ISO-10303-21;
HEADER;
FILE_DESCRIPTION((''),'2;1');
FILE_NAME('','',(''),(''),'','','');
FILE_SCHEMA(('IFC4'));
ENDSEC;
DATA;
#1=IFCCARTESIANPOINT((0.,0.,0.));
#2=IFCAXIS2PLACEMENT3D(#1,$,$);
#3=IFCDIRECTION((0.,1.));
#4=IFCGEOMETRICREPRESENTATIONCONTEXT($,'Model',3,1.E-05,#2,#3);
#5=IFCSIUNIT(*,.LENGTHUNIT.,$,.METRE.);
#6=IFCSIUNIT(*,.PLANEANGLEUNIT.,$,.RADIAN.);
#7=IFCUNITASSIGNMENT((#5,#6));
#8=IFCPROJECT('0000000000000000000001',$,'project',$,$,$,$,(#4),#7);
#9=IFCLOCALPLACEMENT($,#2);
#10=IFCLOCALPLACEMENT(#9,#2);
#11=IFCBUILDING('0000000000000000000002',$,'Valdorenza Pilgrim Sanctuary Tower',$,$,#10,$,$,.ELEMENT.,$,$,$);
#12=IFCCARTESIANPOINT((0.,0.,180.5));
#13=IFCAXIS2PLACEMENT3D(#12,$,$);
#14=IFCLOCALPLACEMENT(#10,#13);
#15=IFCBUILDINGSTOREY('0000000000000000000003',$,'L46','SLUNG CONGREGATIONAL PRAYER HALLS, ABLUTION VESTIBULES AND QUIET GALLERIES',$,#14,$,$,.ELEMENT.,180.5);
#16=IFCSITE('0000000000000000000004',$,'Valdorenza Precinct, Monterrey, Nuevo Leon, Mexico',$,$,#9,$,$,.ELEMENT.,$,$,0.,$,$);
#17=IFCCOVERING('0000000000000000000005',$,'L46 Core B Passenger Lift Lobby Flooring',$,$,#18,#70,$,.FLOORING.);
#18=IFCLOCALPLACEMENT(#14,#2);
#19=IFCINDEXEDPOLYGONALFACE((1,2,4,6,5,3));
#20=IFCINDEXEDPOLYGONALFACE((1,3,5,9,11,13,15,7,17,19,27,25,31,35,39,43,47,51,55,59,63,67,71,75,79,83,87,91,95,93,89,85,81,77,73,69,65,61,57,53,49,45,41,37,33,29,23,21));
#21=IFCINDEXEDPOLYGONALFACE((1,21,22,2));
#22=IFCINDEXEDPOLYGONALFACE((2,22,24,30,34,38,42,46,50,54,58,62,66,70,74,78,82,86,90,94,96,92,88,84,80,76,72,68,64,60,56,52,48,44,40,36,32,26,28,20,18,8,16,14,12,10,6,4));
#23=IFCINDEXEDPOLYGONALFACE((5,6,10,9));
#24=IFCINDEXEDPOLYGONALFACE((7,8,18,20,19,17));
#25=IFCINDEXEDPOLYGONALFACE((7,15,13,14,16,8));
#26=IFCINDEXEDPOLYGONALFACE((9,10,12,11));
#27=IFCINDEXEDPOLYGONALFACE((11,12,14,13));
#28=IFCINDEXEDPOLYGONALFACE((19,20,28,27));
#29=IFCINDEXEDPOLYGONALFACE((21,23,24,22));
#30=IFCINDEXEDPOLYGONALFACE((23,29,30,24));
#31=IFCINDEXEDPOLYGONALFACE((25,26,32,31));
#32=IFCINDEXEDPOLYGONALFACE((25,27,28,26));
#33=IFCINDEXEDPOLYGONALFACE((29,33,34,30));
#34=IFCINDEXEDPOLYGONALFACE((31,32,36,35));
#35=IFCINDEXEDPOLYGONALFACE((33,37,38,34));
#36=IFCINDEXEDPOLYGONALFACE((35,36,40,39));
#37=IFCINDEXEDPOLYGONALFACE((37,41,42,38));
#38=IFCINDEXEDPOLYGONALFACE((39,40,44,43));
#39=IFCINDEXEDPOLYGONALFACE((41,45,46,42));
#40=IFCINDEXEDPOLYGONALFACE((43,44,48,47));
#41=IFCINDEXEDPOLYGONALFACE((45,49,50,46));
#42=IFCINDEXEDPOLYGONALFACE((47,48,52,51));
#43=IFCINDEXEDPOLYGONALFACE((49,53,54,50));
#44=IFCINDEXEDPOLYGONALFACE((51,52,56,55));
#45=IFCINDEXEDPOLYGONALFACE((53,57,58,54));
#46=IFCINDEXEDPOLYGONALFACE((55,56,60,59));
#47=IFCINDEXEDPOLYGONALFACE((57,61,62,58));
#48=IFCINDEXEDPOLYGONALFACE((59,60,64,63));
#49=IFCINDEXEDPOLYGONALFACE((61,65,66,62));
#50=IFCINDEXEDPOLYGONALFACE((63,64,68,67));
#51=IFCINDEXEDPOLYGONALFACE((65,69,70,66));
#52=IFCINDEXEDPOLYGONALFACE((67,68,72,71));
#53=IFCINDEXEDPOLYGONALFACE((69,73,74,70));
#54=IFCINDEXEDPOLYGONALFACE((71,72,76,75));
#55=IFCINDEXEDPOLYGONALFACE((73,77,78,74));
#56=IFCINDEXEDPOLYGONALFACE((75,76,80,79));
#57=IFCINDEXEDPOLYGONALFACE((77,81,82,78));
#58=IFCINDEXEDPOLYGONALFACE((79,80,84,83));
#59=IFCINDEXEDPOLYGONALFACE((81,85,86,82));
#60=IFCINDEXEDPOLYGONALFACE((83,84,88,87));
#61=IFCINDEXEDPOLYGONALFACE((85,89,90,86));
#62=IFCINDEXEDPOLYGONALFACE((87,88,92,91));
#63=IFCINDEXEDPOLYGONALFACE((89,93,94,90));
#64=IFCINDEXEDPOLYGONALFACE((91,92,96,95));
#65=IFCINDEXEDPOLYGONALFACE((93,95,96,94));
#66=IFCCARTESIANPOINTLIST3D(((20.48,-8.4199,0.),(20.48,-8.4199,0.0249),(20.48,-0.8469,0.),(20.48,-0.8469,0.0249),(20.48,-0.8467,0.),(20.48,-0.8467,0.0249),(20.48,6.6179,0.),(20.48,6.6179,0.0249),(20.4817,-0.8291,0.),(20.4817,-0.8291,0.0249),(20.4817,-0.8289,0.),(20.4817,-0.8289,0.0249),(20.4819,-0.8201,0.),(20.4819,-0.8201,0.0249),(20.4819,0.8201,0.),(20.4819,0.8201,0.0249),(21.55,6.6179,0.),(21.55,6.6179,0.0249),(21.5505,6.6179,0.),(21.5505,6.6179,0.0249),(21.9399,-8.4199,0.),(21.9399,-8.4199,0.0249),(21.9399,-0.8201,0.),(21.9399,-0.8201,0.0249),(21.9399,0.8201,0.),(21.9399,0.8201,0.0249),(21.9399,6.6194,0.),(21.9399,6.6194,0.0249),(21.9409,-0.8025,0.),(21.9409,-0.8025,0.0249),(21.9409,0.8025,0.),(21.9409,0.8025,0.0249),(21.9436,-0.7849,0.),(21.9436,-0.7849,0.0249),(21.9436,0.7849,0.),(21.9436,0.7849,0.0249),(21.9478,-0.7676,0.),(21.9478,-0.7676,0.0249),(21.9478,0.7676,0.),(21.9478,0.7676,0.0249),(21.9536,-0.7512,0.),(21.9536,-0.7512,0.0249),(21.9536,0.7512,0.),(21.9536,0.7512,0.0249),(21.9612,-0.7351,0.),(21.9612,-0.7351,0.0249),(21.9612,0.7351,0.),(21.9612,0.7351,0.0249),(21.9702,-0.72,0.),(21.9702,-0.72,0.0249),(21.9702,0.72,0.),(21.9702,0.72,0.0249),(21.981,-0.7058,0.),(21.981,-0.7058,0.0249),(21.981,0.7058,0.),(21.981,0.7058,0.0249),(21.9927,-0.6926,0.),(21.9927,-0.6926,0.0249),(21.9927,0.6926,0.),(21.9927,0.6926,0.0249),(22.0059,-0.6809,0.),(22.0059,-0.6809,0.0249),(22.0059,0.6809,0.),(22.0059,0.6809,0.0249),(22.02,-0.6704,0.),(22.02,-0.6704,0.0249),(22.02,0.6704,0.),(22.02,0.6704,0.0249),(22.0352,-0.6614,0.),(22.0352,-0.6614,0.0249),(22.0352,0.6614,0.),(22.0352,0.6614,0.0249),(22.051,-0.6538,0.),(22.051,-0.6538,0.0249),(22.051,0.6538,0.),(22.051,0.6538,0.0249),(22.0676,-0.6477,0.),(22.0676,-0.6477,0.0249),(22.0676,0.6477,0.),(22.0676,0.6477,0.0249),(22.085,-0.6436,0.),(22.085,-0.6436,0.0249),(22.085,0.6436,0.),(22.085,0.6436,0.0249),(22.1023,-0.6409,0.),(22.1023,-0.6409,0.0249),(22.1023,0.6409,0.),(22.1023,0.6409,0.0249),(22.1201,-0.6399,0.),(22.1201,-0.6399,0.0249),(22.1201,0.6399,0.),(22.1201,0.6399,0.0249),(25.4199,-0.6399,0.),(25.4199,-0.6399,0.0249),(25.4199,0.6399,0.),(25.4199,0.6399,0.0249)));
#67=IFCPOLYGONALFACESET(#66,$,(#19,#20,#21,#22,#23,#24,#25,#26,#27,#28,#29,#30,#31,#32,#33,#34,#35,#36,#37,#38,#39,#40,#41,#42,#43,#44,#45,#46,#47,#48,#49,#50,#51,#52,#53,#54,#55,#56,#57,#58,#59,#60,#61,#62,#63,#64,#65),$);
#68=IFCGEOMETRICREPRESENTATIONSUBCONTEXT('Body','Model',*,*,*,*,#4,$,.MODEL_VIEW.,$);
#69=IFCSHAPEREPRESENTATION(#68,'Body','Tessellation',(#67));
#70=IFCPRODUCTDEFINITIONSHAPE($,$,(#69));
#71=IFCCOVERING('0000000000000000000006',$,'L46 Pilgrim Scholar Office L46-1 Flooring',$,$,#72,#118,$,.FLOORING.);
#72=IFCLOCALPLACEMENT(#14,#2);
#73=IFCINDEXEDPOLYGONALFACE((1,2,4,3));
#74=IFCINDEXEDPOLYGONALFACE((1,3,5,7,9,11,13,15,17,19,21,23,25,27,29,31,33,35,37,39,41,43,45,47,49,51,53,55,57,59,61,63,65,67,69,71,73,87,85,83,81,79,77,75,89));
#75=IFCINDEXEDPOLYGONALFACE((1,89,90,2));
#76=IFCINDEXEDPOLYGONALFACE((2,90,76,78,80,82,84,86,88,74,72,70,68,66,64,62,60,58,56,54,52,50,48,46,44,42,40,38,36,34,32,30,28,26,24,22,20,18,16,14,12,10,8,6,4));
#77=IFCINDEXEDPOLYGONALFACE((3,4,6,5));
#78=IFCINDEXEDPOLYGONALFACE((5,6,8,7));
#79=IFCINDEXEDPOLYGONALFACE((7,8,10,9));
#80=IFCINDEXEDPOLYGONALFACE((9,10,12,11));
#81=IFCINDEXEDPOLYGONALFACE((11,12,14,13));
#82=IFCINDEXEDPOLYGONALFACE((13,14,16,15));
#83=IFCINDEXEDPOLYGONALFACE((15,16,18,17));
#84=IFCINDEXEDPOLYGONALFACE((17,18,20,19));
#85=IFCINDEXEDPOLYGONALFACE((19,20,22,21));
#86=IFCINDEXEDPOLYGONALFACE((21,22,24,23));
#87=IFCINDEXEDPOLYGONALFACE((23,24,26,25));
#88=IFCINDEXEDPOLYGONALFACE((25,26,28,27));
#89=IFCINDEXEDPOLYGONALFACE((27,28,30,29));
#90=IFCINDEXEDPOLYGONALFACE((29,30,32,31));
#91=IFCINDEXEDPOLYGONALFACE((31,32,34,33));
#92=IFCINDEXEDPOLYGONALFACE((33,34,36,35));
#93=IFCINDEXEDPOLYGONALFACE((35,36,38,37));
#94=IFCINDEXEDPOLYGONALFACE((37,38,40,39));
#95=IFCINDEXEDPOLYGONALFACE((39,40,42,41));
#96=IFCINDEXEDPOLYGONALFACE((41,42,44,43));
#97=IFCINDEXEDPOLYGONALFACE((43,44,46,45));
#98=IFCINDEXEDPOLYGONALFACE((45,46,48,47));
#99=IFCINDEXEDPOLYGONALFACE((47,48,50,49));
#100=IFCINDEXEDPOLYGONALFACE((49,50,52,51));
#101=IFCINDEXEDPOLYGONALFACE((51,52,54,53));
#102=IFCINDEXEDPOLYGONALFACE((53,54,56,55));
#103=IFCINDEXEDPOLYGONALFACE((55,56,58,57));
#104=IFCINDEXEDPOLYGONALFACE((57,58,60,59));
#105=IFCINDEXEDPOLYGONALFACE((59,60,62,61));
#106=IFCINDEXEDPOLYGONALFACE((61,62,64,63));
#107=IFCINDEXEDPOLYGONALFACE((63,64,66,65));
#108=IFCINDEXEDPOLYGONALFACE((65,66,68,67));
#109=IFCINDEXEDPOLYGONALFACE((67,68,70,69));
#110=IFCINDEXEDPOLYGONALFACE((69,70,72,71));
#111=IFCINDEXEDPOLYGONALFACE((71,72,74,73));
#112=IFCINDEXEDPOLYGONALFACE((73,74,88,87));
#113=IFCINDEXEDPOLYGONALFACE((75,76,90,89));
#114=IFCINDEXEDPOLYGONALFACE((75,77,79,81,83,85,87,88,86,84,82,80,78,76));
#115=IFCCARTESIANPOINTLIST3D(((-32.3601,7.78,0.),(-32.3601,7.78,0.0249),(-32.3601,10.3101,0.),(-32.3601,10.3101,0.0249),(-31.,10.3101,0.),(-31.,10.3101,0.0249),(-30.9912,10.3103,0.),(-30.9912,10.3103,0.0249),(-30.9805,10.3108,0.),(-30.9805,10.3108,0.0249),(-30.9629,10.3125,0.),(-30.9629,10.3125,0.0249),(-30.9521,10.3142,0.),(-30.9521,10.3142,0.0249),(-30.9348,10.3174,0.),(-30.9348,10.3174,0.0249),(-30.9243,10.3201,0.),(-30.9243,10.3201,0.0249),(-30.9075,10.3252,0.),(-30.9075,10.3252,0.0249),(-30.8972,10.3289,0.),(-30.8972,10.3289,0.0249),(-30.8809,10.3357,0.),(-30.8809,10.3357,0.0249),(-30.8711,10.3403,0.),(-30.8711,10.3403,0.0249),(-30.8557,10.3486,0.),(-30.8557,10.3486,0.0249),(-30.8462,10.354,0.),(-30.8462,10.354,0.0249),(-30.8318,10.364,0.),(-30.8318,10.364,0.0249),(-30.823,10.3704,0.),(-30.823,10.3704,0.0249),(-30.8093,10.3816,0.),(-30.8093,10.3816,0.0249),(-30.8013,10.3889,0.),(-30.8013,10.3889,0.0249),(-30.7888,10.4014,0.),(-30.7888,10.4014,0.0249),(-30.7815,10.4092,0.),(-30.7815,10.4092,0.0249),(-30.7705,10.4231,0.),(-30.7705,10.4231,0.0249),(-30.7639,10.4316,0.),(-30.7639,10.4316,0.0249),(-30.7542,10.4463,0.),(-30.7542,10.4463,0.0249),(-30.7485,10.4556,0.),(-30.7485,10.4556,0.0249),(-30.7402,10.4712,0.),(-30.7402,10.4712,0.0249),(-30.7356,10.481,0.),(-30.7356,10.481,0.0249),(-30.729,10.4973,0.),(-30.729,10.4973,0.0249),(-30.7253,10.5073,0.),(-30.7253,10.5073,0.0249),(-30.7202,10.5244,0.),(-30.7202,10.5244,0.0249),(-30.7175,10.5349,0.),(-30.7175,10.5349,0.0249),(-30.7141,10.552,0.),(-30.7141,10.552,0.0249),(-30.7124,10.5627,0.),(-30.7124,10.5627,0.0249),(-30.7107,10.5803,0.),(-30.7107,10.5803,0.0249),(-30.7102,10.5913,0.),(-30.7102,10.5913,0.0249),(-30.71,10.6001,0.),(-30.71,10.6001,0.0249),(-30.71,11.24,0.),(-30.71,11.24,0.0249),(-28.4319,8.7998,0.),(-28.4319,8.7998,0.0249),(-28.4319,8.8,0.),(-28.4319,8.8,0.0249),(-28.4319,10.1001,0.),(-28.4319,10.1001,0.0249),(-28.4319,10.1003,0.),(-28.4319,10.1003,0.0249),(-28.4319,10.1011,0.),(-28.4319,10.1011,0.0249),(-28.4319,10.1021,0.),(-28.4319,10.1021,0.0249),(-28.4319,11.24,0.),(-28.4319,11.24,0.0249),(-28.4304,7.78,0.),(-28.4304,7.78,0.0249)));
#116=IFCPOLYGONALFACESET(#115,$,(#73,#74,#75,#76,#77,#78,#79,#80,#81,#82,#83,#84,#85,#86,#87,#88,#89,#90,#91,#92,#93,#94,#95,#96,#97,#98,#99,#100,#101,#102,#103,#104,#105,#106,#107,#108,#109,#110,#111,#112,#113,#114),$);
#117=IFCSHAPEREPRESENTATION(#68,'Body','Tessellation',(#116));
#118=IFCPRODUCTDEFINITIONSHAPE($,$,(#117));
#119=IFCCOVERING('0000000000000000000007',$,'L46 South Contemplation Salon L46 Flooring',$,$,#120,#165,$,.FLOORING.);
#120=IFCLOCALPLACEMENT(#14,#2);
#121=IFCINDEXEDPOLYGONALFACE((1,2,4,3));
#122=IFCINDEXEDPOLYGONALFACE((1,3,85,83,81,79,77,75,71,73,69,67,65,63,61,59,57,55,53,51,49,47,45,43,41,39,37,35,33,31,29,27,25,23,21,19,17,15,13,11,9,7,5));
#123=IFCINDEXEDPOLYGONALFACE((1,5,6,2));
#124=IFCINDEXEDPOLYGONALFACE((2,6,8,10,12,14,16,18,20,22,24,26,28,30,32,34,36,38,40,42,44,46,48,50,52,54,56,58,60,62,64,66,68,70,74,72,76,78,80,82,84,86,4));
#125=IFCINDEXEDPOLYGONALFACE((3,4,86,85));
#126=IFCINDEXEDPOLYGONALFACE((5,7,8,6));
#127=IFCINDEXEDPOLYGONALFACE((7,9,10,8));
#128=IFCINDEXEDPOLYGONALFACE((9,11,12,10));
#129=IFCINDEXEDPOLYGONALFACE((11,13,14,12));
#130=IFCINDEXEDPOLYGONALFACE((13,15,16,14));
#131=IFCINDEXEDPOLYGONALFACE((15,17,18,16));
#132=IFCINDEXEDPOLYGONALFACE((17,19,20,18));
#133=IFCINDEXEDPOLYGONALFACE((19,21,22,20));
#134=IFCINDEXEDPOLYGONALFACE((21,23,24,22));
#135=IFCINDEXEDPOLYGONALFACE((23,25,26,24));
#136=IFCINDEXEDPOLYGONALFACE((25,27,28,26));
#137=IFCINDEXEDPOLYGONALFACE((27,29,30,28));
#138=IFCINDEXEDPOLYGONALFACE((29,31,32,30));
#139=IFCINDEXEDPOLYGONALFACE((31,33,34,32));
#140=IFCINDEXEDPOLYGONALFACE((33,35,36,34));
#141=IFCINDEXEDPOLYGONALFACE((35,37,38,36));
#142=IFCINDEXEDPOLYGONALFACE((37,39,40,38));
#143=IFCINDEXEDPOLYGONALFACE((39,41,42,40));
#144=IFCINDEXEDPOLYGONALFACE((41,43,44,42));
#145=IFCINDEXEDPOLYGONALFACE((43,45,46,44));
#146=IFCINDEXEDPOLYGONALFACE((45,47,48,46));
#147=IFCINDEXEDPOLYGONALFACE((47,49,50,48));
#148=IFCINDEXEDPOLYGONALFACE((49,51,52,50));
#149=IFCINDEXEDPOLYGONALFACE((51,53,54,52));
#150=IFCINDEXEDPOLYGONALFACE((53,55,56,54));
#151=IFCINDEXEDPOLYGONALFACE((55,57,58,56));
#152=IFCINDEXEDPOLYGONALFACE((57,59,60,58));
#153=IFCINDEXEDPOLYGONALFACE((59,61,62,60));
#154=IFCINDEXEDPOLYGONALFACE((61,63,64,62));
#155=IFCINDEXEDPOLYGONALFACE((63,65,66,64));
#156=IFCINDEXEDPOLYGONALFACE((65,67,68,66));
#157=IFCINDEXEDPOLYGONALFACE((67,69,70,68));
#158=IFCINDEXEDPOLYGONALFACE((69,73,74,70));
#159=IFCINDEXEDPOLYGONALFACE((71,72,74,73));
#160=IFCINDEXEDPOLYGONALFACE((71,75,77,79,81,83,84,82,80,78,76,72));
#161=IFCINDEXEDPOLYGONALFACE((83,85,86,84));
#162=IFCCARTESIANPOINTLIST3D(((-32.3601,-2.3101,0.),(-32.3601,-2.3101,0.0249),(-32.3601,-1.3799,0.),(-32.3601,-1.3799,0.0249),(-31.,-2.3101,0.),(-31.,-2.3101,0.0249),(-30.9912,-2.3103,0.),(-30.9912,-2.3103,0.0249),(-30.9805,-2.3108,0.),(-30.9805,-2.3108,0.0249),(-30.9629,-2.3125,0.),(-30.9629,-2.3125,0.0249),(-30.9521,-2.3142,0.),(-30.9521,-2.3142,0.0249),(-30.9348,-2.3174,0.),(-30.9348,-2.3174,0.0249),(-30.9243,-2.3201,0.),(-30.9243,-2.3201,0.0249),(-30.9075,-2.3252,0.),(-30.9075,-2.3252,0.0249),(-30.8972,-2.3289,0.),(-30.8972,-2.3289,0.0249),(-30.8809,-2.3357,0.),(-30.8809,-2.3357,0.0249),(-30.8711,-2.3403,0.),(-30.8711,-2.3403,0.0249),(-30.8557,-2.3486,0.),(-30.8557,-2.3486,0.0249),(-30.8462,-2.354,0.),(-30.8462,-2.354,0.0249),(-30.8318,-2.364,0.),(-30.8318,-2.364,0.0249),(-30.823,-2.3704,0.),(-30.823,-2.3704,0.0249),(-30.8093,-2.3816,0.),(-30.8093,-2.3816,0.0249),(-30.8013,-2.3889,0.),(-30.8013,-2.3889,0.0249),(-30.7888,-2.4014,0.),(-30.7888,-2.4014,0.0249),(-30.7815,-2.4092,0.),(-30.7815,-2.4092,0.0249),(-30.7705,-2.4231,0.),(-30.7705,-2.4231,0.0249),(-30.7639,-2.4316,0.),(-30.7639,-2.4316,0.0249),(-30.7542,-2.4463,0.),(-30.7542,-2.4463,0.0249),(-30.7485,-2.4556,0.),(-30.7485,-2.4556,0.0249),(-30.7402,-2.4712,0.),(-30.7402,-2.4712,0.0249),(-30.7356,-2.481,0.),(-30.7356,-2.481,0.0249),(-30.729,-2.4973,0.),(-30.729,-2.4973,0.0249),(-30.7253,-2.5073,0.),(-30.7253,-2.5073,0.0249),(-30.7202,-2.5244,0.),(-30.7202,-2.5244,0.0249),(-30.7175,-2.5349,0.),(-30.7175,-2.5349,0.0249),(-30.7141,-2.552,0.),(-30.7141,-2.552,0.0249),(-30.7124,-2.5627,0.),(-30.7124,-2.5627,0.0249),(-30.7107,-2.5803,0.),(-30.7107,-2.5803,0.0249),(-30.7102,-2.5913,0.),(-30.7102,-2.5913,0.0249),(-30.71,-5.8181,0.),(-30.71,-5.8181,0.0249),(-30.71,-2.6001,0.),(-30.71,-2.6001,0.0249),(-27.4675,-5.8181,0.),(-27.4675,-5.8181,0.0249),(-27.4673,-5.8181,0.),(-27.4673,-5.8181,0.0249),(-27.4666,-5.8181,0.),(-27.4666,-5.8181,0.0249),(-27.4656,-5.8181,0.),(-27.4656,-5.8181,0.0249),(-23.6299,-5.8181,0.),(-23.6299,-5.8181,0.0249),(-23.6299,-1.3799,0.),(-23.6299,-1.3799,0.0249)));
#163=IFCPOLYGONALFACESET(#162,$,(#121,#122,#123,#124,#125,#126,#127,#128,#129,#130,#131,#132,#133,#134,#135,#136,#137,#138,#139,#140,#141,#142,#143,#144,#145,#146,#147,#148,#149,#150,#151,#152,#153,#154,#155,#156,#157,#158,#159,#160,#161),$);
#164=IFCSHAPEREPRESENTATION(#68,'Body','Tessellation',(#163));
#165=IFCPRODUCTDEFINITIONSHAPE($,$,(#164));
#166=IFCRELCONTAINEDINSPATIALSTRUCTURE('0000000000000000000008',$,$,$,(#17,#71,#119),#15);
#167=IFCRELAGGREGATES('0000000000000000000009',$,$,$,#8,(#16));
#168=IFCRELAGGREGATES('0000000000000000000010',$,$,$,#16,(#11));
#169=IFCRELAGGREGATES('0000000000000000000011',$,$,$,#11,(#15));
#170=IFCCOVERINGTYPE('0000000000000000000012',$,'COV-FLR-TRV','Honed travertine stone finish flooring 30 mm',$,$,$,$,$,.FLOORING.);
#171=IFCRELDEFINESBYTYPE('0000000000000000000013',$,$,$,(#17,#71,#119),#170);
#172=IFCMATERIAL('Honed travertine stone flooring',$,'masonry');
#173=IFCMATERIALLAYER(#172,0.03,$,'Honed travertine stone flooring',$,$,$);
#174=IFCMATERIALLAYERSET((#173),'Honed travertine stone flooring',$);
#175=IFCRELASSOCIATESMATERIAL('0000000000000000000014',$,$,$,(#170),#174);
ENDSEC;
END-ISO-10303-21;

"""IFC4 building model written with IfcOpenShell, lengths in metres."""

from ifc_helpers import new_model, si_unit, direction, frame, origin, place, context, subcontext, project, spatial, polyline, outline, extrude, material, layer, layer_set, type_object, element, save


model = new_model("IFC4")

# Units and contexts
model_context = context("Model", 3, precision=1e-05, world=origin(), true_north=direction((0.0, 1.0)))
body_context = subcontext(model_context, "Body", "Model", "MODEL_VIEW")
ifc_project = project(units=[si_unit("LENGTHUNIT", "METRE"), si_unit("PLANEANGLEUNIT", "RADIAN")], contexts=[model_context])

# Site, building, storey
site_placement = place(None, origin())
site = spatial("IfcSite", under=ifc_project, at=site_placement, Name="Valdorenza Precinct, Monterrey, Nuevo Leon, Mexico", CompositionType="ELEMENT", RefElevation=0.0)
building_placement = place(site_placement, origin())
building = spatial("IfcBuilding", under=site, at=building_placement, Name="Valdorenza Pilgrim Sanctuary Tower", CompositionType="ELEMENT")
storey_placement = place(building_placement, frame((0.0, 0.0, 180.5)))
storey = spatial("IfcBuildingStorey", under=building, at=storey_placement, Name="L46", Description="SLUNG CONGREGATIONAL PRAYER HALLS, ABLUTION VESTIBULES AND QUIET GALLERIES", CompositionType="ELEMENT", Elevation=180.5)

# Coverings
ifc_material_1 = material(Name="Honed travertine stone flooring", Category="masonry")
ifc_layer_1 = layer(ifc_material_1, 0.03, Name="Honed travertine stone flooring")
ifc_layer_set_1 = layer_set([ifc_layer_1], Name="Honed travertine stone flooring")
covering_type_1 = type_object("IfcCoveringType", Name="COV-FLR-TRV", Description="Honed travertine stone finish flooring 30 mm", PredefinedType="FLOORING", material=ifc_layer_set_1)
covering_1_placement = place(storey_placement, origin())
element("IfcCovering", 1, at=covering_1_placement, inside=storey, type_object=covering_type_1, Name="L46 Core B Passenger Lift Lobby Flooring", PredefinedType="FLOORING", context=body_context, shape_type="SweptSolid", body=[
    extrude(outline(polyline([(20.48, 6.6179), (21.55, 6.6179), (21.5505, 6.6179), (21.9399, 6.6194), (21.9399, 0.8201), (21.9409, 0.8025), (21.9436, 0.7849), (21.9478, 0.7676), (21.9536, 0.7512), (21.9612, 0.7351), (21.9702, 0.72), (21.981, 0.7058), (21.9927, 0.6926), (22.0059, 0.6809), (22.02, 0.6704), (22.0352, 0.6614), (22.051, 0.6538), (22.0676, 0.6477), (22.085, 0.6436), (22.1023, 0.6409), (22.1201, 0.6399), (25.4199, 0.6399), (25.4199, -0.6399), (22.1201, -0.6399), (22.1023, -0.6409), (22.085, -0.6436), (22.0676, -0.6477), (22.051, -0.6538), (22.0352, -0.6614), (22.02, -0.6704), (22.0059, -0.6809), (21.9927, -0.6926), (21.981, -0.7058), (21.9702, -0.72), (21.9612, -0.7351), (21.9536, -0.7512), (21.9478, -0.7676), (21.9436, -0.7849), (21.9409, -0.8025), (21.9399, -0.8201), (21.9399, -8.4199), (20.48, -8.4199), (20.48, -0.8469), (20.48, -0.8467), (20.48, -0.8467), (20.4817, -0.8291), (20.4817, -0.8289), (20.4819, -0.8201), (20.4819, 0.8201), (20.48, 6.6179)])), origin(), (0.0, 0.0, 1.0), 0.0249),
])
covering_2_placement = place(storey_placement, origin())
element("IfcCovering", 2, at=covering_2_placement, inside=storey, type_object=covering_type_1, Name="L46 Pilgrim Scholar Office L46-1 Flooring", PredefinedType="FLOORING", context=body_context, shape_type="SweptSolid", body=[
    extrude(outline(polyline([(-28.4319, 11.24), (-28.4319, 10.1021), (-28.4319, 10.1011), (-28.4319, 10.1003), (-28.4319, 10.1001), (-28.4319, 8.8), (-28.4319, 8.7998), (-28.4304, 7.78), (-32.3601, 7.78), (-32.3601, 10.3101), (-31.0, 10.3101), (-30.9912, 10.3103), (-30.9805, 10.3108), (-30.9629, 10.3125), (-30.9521, 10.3142), (-30.9348, 10.3174), (-30.9243, 10.3201), (-30.9075, 10.3252), (-30.8972, 10.3289), (-30.8809, 10.3357), (-30.8711, 10.3403), (-30.8557, 10.3486), (-30.8462, 10.354), (-30.8318, 10.364), (-30.823, 10.3704), (-30.8093, 10.3816), (-30.8013, 10.3889), (-30.7888, 10.4014), (-30.7815, 10.4092), (-30.7705, 10.4231), (-30.7639, 10.4316), (-30.7542, 10.4463), (-30.7485, 10.4556), (-30.7402, 10.4712), (-30.7356, 10.481), (-30.729, 10.4973), (-30.7253, 10.5073), (-30.7202, 10.5244), (-30.7175, 10.5349), (-30.7141, 10.552), (-30.7124, 10.5627), (-30.7107, 10.5803), (-30.7102, 10.5913), (-30.71, 10.6001), (-30.71, 11.24), (-28.4319, 11.24)])), origin(), (0.0, 0.0, 1.0), 0.0249),
])
covering_3_placement = place(storey_placement, origin())
element("IfcCovering", 3, at=covering_3_placement, inside=storey, type_object=covering_type_1, Name="L46 South Contemplation Salon L46 Flooring", PredefinedType="FLOORING", context=body_context, shape_type="SweptSolid", body=[
    extrude(outline(polyline([(-27.4673, -5.8181), (-27.4675, -5.8181), (-30.71, -5.8181), (-30.71, -2.6001), (-30.7102, -2.5913), (-30.7107, -2.5803), (-30.7124, -2.5627), (-30.7141, -2.552), (-30.7175, -2.5349), (-30.7202, -2.5244), (-30.7253, -2.5073), (-30.729, -2.4973), (-30.7356, -2.481), (-30.7402, -2.4712), (-30.7485, -2.4556), (-30.7542, -2.4463), (-30.7639, -2.4316), (-30.7705, -2.4231), (-30.7815, -2.4092), (-30.7888, -2.4014), (-30.8013, -2.3889), (-30.8093, -2.3816), (-30.823, -2.3704), (-30.8318, -2.364), (-30.8462, -2.354), (-30.8557, -2.3486), (-30.8711, -2.3403), (-30.8809, -2.3357), (-30.8972, -2.3289), (-30.9075, -2.3252), (-30.9243, -2.3201), (-30.9348, -2.3174), (-30.9521, -2.3142), (-30.9629, -2.3125), (-30.9805, -2.3108), (-30.9912, -2.3103), (-31.0, -2.3101), (-32.3601, -2.3101), (-32.3601, -1.3799), (-23.6299, -1.3799), (-23.6299, -5.8181), (-27.4656, -5.8181), (-27.4666, -5.8181), (-27.4673, -5.8181)])), origin(), (0.0, 0.0, 1.0), 0.0249),
])

save(model, "model.ifc")
